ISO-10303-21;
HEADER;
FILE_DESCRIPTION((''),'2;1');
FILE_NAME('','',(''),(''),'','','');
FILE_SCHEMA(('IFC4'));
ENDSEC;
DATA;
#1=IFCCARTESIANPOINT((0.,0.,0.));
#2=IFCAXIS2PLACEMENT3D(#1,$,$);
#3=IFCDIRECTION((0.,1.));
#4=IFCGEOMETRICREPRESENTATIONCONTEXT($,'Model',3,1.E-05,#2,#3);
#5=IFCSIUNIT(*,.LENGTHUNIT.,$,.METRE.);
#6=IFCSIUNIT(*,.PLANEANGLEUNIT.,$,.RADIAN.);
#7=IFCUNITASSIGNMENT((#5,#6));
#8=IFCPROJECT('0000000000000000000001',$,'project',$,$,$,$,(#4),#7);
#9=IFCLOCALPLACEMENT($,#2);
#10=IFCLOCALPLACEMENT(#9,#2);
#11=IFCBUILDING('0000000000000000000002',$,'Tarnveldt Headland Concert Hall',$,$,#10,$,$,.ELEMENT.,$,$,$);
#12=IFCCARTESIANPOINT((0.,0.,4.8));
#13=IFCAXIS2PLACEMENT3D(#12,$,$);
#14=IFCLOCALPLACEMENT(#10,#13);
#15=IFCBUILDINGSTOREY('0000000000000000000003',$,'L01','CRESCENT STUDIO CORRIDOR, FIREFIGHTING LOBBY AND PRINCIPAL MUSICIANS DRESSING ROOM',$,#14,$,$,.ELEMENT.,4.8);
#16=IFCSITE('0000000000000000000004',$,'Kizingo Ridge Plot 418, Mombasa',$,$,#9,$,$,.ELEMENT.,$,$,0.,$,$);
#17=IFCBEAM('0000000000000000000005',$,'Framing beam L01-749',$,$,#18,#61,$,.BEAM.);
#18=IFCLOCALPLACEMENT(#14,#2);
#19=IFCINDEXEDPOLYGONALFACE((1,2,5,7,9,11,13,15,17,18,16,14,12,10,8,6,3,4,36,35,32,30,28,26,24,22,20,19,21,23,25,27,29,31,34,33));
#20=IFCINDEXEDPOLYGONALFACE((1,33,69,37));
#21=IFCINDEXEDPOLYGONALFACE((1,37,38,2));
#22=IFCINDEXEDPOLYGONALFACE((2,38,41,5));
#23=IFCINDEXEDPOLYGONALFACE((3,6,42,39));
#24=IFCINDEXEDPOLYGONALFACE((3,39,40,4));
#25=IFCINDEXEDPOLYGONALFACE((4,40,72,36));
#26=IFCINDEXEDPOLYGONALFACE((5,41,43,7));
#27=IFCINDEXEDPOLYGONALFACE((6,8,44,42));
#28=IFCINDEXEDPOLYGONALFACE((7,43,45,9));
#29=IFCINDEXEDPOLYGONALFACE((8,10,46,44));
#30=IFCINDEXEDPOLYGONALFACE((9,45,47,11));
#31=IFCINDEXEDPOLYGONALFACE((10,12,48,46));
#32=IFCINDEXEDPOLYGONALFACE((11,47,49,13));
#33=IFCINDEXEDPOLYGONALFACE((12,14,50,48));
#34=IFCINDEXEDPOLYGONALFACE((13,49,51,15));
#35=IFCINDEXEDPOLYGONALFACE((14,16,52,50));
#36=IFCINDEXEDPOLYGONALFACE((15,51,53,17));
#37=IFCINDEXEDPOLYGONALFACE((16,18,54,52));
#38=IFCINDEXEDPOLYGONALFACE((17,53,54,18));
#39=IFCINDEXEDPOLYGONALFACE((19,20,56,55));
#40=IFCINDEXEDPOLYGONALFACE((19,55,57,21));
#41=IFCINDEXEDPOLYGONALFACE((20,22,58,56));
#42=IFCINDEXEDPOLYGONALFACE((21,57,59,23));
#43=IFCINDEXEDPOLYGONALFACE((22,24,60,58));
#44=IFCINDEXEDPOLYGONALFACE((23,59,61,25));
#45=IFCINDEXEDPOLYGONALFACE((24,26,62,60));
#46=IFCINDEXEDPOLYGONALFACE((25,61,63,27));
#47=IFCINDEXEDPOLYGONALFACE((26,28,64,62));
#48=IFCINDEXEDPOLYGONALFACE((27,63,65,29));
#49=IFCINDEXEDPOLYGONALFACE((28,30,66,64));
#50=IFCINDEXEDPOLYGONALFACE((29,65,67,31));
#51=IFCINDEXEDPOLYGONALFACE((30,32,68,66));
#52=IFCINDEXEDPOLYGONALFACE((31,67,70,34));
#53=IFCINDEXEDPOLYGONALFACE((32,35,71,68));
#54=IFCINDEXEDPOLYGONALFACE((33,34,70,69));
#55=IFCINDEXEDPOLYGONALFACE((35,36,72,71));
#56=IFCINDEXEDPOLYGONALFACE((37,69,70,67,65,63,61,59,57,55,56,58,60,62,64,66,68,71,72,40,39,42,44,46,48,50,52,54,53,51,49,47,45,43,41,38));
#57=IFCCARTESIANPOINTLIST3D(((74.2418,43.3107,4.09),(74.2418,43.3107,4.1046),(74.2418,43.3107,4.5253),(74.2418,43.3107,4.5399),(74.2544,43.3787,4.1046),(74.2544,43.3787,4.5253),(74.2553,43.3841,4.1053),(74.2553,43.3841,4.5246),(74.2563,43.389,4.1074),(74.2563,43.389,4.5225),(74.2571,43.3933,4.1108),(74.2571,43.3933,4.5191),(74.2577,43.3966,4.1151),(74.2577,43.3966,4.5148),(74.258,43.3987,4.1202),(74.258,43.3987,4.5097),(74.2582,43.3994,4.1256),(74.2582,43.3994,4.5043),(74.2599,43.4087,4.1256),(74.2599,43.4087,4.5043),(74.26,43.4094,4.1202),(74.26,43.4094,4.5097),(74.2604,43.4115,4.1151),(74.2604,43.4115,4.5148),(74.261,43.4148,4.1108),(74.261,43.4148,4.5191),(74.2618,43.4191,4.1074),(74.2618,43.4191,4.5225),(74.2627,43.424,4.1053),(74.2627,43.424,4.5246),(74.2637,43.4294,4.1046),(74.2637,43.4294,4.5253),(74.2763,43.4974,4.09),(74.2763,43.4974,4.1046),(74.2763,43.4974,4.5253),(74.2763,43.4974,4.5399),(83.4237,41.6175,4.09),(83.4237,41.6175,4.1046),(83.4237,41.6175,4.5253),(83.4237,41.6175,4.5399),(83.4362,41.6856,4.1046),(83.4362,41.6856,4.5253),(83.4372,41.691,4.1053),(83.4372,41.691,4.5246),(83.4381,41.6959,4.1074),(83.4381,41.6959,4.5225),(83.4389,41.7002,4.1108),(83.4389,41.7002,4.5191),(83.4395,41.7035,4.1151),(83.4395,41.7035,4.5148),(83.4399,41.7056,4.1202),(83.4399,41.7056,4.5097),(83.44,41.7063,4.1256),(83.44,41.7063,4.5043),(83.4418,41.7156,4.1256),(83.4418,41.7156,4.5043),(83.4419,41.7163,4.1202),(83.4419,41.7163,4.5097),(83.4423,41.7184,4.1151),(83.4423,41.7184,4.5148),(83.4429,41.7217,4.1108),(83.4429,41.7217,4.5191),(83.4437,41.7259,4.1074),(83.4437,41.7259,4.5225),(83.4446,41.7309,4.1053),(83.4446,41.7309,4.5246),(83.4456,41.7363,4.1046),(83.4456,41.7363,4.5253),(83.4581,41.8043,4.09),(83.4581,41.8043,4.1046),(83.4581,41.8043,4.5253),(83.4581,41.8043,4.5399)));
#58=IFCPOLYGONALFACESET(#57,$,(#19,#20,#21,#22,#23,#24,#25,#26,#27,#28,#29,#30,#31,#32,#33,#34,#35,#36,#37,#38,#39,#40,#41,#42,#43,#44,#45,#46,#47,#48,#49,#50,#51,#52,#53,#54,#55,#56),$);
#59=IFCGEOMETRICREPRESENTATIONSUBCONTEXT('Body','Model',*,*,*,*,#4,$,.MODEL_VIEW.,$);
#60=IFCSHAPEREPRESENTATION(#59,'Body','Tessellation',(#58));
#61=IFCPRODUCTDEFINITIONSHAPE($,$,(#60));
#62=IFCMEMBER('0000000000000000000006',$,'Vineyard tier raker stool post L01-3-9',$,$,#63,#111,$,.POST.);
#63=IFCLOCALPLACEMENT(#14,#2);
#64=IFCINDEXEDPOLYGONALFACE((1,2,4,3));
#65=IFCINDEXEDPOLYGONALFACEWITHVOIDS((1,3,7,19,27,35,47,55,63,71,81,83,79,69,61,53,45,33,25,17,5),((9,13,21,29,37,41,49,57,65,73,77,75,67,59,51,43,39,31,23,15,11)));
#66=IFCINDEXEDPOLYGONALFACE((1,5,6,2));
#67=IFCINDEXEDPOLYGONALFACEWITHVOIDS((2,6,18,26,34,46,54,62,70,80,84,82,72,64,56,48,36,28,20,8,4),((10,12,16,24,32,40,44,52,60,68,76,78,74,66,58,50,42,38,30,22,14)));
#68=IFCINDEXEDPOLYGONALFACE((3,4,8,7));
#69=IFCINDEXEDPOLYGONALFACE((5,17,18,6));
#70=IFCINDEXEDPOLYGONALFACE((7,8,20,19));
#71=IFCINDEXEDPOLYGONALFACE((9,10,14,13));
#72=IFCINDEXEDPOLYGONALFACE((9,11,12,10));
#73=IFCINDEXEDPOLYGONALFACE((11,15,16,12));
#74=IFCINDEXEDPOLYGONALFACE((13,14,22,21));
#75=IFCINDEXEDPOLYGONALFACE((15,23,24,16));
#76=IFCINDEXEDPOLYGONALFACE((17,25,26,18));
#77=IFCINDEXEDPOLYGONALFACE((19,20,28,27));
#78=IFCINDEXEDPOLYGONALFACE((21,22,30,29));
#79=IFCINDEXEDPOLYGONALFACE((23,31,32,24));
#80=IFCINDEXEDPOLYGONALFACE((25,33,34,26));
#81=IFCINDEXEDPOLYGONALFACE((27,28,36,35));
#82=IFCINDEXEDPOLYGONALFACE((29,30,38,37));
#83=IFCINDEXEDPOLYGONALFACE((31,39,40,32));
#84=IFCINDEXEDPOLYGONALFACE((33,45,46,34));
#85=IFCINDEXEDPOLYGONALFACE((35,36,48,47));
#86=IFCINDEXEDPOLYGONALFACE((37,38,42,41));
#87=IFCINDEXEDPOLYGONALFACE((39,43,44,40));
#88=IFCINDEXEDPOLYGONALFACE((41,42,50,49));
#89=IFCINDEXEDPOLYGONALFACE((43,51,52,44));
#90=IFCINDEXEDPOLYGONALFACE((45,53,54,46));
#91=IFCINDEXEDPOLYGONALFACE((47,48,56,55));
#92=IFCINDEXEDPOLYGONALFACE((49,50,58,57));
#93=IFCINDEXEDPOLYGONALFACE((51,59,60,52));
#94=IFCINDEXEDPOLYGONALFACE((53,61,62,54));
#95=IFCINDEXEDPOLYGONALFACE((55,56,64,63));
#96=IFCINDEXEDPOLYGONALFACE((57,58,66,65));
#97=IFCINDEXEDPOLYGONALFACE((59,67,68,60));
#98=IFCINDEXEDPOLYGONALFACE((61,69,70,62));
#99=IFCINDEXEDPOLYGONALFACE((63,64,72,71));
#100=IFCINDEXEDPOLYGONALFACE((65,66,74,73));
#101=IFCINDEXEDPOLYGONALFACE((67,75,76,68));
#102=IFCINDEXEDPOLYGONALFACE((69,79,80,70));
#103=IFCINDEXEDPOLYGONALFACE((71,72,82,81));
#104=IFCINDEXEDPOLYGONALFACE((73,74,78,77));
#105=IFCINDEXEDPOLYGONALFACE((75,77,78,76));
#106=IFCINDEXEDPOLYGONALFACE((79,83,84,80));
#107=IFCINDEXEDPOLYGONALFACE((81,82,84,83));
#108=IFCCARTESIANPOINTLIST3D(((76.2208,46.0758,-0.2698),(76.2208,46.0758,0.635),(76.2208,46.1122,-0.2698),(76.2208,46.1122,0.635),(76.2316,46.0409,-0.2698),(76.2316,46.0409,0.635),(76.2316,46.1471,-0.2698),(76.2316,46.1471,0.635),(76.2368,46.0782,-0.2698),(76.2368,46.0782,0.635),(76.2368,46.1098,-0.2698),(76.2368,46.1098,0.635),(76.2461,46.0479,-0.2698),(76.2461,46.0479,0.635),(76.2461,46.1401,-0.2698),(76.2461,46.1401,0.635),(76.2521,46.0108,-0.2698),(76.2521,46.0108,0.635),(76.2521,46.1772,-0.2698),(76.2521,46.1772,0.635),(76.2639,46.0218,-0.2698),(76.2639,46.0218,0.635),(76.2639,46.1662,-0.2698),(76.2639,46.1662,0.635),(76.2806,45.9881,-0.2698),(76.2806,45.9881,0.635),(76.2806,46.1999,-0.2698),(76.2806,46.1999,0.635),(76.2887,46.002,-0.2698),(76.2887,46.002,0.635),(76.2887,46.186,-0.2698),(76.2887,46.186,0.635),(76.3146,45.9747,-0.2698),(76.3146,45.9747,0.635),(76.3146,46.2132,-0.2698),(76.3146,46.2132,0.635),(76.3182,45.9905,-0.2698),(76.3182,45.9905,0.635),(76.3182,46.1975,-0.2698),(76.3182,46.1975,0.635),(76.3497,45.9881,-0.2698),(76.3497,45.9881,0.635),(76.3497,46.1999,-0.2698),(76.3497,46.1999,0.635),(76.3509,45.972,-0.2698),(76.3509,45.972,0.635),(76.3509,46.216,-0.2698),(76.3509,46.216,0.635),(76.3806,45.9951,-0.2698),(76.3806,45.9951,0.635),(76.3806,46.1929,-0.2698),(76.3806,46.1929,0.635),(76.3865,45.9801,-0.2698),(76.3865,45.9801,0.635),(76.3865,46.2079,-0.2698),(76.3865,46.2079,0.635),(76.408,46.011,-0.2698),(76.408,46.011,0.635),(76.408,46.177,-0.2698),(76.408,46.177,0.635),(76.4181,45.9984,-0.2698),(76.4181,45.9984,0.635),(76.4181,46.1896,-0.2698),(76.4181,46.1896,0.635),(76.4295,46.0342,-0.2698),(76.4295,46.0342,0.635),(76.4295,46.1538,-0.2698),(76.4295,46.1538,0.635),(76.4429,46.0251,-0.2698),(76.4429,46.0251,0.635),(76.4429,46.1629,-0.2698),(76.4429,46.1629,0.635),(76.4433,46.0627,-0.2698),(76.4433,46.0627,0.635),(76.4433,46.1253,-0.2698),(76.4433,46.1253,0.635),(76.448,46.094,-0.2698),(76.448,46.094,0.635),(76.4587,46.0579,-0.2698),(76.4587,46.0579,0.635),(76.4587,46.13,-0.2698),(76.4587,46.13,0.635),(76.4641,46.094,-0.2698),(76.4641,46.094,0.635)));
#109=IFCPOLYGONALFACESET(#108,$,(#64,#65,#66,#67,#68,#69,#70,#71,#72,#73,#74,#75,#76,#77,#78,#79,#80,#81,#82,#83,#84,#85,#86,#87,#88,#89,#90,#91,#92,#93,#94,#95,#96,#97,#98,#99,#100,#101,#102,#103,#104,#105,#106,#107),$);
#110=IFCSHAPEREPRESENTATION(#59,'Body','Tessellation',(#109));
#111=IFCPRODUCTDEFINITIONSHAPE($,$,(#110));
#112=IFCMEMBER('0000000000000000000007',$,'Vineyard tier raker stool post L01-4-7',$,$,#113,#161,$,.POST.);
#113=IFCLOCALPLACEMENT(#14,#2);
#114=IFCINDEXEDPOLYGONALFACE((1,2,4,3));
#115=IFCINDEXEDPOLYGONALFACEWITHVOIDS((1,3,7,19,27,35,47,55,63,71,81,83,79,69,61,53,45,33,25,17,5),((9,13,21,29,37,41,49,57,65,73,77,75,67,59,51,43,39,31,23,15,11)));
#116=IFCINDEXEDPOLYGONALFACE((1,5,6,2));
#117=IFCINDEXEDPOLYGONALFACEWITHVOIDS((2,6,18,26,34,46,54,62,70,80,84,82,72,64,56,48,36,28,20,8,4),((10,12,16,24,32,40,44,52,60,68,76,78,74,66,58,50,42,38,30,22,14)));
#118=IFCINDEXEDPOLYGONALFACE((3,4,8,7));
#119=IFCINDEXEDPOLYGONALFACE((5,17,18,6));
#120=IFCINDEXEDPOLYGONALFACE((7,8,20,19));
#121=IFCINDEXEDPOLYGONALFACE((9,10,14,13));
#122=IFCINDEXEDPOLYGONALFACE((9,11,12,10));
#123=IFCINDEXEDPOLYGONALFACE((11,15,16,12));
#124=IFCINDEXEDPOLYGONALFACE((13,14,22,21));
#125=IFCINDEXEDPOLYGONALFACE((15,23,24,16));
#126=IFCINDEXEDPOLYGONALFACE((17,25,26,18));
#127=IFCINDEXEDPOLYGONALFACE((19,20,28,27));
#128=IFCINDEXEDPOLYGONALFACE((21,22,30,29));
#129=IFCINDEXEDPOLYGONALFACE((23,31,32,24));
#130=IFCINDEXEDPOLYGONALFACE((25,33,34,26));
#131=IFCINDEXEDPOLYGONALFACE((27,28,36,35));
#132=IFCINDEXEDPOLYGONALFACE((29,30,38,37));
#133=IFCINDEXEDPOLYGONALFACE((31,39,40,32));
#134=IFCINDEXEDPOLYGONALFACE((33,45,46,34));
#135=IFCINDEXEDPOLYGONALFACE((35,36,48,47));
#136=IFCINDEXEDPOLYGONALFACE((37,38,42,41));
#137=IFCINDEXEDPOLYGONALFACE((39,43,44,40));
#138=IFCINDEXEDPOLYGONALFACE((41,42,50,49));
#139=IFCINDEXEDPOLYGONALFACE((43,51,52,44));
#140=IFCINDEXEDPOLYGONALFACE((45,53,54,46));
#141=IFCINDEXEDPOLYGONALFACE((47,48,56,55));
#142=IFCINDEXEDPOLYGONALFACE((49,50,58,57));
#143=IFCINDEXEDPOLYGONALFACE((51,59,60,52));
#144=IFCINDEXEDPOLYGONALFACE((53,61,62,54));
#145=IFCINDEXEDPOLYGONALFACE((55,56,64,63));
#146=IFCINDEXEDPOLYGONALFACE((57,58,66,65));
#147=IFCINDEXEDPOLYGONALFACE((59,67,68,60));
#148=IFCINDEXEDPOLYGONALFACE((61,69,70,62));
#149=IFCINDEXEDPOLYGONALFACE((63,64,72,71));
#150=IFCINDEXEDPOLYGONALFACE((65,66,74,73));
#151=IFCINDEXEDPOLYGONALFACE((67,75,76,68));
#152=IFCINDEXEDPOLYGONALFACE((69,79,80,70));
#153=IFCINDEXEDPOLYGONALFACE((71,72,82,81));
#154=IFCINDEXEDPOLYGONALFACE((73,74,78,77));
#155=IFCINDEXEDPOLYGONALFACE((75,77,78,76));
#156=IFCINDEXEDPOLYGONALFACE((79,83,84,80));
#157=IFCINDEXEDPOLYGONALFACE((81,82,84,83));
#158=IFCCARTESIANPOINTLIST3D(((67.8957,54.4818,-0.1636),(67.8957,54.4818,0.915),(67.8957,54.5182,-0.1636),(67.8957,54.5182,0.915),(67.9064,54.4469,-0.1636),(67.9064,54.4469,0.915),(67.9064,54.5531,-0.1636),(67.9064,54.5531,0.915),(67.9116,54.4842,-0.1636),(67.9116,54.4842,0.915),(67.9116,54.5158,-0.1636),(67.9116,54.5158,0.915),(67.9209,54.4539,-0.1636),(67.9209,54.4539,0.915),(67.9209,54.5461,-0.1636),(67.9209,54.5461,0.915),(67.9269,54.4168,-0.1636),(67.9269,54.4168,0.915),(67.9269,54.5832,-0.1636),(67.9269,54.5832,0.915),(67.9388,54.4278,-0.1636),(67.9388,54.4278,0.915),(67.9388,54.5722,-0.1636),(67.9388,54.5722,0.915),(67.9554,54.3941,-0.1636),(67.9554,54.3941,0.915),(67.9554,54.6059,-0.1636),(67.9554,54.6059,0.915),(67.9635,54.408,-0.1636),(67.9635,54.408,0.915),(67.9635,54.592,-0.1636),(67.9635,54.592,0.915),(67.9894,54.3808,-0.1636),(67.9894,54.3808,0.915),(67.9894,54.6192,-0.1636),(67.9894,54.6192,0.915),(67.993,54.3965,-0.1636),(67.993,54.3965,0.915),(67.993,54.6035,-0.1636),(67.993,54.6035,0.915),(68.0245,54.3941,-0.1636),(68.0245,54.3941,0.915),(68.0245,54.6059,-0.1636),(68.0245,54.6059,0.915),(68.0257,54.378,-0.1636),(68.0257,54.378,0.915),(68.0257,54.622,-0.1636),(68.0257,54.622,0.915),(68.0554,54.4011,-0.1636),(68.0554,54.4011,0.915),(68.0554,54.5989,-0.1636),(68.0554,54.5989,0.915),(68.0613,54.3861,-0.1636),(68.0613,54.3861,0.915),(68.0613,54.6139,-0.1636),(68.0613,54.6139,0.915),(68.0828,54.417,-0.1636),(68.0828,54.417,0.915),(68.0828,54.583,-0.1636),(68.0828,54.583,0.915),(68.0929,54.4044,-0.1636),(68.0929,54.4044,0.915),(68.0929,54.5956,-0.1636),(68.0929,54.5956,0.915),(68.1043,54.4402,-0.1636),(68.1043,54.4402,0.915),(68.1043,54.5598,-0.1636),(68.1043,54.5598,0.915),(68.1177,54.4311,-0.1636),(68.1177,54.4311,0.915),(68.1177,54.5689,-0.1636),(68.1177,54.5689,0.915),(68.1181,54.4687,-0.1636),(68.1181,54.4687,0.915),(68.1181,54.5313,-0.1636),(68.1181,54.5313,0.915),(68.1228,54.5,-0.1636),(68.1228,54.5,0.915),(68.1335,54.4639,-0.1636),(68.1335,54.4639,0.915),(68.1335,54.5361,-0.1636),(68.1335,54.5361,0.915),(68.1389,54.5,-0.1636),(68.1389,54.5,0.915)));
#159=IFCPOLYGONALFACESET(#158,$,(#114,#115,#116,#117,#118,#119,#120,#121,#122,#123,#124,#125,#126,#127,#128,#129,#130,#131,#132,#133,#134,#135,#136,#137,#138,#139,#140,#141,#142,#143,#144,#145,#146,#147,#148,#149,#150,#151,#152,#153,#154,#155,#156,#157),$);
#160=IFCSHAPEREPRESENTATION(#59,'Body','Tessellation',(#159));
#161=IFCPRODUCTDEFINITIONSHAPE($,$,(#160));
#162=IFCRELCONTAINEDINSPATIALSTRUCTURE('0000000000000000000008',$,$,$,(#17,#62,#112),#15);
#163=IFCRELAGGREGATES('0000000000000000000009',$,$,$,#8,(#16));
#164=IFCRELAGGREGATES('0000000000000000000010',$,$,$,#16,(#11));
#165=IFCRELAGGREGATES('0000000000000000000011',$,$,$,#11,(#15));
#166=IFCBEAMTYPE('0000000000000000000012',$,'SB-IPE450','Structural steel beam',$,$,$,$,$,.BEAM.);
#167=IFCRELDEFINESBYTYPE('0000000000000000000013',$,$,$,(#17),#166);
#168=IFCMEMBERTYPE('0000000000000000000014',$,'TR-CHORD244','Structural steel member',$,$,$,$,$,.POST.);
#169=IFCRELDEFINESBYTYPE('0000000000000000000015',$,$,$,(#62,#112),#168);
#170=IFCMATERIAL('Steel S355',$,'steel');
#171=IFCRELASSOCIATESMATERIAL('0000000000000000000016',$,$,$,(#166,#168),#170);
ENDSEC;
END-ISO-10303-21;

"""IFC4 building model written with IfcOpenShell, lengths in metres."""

from ifc_helpers import new_model, si_unit, direction, frame, origin, origin_2d, place, context, subcontext, project, spatial, hollow_circle, i_section, extrude, material, material_profile, profile_set, type_object, element, save


model = new_model("IFC4")

# Units and contexts
model_context = context("Model", 3, precision=1e-05, world=origin(), true_north=direction((0.0, 1.0)))
body_context = subcontext(model_context, "Body", "Model", "MODEL_VIEW")
ifc_project = project(units=[si_unit("LENGTHUNIT", "METRE"), si_unit("PLANEANGLEUNIT", "RADIAN")], contexts=[model_context])

# Site, building, storey
site_placement = place(None, origin())
site = spatial("IfcSite", under=ifc_project, at=site_placement, Name="Kizingo Ridge Plot 418, Mombasa", CompositionType="ELEMENT", RefElevation=0.0)
building_placement = place(site_placement, origin())
building = spatial("IfcBuilding", under=site, at=building_placement, Name="Tarnveldt Headland Concert Hall", CompositionType="ELEMENT")
storey_placement = place(building_placement, frame((0.0, 0.0, 4.8)))
storey = spatial("IfcBuildingStorey", under=building, at=storey_placement, Name="L01", Description="CRESCENT STUDIO CORRIDOR, FIREFIGHTING LOBBY AND PRINCIPAL MUSICIANS DRESSING ROOM", CompositionType="ELEMENT", Elevation=4.8)

# Shared definitions
ifc_material_1 = material(Name="Steel S355", Category="steel")

# Beam
ifc_material_profile_1 = material_profile(ifc_material_1, i_section(OverallWidth=0.1899, OverallDepth=0.45, WebThickness=0.0095, FlangeThickness=0.0146, FilletRadius=0.021, at=origin_2d()), Name="IPE450", Category="steel")
ifc_profile_set_1 = profile_set([ifc_material_profile_1], Name="Steel S355")
beam_type_1 = type_object("IfcBeamType", Name="SB-IPE450", Description="Structural steel beam", PredefinedType="BEAM", material=ifc_profile_set_1)
beam_1_placement = place(storey_placement, frame((74.259, 43.4041, 4.3149), z_axis=(0.98342, -0.18134, 0.0), x_axis=(0.18134, 0.98342, 0.0)))
element("IfcBeam", 1, at=beam_1_placement, inside=storey, type_object=beam_type_1, Name="Framing beam L01-749", PredefinedType="BEAM", context=body_context, shape_type="SweptSolid", body=[
    extrude(i_section(OverallWidth=0.1899, OverallDepth=0.45, WebThickness=0.0095, FlangeThickness=0.0146, FilletRadius=0.021, at=origin_2d()), origin(), (0.0, 0.0, 1.0), 9.3367),
])

# Members
ifc_material_profile_2 = material_profile(ifc_material_1, hollow_circle(Radius=0.1223, WallThickness=0.0161, at=origin_2d()), Name="CHS 244.5x16", Category="steel")
ifc_profile_set_2 = profile_set([ifc_material_profile_2], Name="Steel S355")
member_type = type_object("IfcMemberType", Name="TR-CHORD244", Description="Structural steel member", PredefinedType="POST", material=ifc_profile_set_2)
member_1_placement = place(storey_placement, frame((76.3418, 46.094, -0.2698), z_axis=(0.0, 0.0, 1.0), x_axis=(1.0, 0.0, 0.0)))
element("IfcMember", 2, at=member_1_placement, inside=storey, type_object=member_type, Name="Vineyard tier raker stool post L01-3-9", PredefinedType="POST", context=body_context, shape_type="SweptSolid", body=[
    extrude(hollow_circle(Radius=0.1223, WallThickness=0.0161, at=origin_2d()), origin(), (0.0, 0.0, 1.0), 0.9048),
])
for number, where, z_axis, x_axis, name in (
    (3, (68.0166, 54.5, -0.1636), (0.0, 0.0, 1.0), (1.0, 0.0, 0.0), "Vineyard tier raker stool post L01-4-7"),
):
    element("IfcMember", number, at=place(storey_placement, frame(where, z_axis=z_axis, x_axis=x_axis)), inside=storey, type_object=member_type, Name=name, PredefinedType="POST", context=body_context, shape_type="SweptSolid", body=[
        extrude(hollow_circle(Radius=0.1223, WallThickness=0.0161, at=origin_2d()), origin(), (0.0, 0.0, 1.0), 1.0786),
    ])

save(model, "model.ifc")
